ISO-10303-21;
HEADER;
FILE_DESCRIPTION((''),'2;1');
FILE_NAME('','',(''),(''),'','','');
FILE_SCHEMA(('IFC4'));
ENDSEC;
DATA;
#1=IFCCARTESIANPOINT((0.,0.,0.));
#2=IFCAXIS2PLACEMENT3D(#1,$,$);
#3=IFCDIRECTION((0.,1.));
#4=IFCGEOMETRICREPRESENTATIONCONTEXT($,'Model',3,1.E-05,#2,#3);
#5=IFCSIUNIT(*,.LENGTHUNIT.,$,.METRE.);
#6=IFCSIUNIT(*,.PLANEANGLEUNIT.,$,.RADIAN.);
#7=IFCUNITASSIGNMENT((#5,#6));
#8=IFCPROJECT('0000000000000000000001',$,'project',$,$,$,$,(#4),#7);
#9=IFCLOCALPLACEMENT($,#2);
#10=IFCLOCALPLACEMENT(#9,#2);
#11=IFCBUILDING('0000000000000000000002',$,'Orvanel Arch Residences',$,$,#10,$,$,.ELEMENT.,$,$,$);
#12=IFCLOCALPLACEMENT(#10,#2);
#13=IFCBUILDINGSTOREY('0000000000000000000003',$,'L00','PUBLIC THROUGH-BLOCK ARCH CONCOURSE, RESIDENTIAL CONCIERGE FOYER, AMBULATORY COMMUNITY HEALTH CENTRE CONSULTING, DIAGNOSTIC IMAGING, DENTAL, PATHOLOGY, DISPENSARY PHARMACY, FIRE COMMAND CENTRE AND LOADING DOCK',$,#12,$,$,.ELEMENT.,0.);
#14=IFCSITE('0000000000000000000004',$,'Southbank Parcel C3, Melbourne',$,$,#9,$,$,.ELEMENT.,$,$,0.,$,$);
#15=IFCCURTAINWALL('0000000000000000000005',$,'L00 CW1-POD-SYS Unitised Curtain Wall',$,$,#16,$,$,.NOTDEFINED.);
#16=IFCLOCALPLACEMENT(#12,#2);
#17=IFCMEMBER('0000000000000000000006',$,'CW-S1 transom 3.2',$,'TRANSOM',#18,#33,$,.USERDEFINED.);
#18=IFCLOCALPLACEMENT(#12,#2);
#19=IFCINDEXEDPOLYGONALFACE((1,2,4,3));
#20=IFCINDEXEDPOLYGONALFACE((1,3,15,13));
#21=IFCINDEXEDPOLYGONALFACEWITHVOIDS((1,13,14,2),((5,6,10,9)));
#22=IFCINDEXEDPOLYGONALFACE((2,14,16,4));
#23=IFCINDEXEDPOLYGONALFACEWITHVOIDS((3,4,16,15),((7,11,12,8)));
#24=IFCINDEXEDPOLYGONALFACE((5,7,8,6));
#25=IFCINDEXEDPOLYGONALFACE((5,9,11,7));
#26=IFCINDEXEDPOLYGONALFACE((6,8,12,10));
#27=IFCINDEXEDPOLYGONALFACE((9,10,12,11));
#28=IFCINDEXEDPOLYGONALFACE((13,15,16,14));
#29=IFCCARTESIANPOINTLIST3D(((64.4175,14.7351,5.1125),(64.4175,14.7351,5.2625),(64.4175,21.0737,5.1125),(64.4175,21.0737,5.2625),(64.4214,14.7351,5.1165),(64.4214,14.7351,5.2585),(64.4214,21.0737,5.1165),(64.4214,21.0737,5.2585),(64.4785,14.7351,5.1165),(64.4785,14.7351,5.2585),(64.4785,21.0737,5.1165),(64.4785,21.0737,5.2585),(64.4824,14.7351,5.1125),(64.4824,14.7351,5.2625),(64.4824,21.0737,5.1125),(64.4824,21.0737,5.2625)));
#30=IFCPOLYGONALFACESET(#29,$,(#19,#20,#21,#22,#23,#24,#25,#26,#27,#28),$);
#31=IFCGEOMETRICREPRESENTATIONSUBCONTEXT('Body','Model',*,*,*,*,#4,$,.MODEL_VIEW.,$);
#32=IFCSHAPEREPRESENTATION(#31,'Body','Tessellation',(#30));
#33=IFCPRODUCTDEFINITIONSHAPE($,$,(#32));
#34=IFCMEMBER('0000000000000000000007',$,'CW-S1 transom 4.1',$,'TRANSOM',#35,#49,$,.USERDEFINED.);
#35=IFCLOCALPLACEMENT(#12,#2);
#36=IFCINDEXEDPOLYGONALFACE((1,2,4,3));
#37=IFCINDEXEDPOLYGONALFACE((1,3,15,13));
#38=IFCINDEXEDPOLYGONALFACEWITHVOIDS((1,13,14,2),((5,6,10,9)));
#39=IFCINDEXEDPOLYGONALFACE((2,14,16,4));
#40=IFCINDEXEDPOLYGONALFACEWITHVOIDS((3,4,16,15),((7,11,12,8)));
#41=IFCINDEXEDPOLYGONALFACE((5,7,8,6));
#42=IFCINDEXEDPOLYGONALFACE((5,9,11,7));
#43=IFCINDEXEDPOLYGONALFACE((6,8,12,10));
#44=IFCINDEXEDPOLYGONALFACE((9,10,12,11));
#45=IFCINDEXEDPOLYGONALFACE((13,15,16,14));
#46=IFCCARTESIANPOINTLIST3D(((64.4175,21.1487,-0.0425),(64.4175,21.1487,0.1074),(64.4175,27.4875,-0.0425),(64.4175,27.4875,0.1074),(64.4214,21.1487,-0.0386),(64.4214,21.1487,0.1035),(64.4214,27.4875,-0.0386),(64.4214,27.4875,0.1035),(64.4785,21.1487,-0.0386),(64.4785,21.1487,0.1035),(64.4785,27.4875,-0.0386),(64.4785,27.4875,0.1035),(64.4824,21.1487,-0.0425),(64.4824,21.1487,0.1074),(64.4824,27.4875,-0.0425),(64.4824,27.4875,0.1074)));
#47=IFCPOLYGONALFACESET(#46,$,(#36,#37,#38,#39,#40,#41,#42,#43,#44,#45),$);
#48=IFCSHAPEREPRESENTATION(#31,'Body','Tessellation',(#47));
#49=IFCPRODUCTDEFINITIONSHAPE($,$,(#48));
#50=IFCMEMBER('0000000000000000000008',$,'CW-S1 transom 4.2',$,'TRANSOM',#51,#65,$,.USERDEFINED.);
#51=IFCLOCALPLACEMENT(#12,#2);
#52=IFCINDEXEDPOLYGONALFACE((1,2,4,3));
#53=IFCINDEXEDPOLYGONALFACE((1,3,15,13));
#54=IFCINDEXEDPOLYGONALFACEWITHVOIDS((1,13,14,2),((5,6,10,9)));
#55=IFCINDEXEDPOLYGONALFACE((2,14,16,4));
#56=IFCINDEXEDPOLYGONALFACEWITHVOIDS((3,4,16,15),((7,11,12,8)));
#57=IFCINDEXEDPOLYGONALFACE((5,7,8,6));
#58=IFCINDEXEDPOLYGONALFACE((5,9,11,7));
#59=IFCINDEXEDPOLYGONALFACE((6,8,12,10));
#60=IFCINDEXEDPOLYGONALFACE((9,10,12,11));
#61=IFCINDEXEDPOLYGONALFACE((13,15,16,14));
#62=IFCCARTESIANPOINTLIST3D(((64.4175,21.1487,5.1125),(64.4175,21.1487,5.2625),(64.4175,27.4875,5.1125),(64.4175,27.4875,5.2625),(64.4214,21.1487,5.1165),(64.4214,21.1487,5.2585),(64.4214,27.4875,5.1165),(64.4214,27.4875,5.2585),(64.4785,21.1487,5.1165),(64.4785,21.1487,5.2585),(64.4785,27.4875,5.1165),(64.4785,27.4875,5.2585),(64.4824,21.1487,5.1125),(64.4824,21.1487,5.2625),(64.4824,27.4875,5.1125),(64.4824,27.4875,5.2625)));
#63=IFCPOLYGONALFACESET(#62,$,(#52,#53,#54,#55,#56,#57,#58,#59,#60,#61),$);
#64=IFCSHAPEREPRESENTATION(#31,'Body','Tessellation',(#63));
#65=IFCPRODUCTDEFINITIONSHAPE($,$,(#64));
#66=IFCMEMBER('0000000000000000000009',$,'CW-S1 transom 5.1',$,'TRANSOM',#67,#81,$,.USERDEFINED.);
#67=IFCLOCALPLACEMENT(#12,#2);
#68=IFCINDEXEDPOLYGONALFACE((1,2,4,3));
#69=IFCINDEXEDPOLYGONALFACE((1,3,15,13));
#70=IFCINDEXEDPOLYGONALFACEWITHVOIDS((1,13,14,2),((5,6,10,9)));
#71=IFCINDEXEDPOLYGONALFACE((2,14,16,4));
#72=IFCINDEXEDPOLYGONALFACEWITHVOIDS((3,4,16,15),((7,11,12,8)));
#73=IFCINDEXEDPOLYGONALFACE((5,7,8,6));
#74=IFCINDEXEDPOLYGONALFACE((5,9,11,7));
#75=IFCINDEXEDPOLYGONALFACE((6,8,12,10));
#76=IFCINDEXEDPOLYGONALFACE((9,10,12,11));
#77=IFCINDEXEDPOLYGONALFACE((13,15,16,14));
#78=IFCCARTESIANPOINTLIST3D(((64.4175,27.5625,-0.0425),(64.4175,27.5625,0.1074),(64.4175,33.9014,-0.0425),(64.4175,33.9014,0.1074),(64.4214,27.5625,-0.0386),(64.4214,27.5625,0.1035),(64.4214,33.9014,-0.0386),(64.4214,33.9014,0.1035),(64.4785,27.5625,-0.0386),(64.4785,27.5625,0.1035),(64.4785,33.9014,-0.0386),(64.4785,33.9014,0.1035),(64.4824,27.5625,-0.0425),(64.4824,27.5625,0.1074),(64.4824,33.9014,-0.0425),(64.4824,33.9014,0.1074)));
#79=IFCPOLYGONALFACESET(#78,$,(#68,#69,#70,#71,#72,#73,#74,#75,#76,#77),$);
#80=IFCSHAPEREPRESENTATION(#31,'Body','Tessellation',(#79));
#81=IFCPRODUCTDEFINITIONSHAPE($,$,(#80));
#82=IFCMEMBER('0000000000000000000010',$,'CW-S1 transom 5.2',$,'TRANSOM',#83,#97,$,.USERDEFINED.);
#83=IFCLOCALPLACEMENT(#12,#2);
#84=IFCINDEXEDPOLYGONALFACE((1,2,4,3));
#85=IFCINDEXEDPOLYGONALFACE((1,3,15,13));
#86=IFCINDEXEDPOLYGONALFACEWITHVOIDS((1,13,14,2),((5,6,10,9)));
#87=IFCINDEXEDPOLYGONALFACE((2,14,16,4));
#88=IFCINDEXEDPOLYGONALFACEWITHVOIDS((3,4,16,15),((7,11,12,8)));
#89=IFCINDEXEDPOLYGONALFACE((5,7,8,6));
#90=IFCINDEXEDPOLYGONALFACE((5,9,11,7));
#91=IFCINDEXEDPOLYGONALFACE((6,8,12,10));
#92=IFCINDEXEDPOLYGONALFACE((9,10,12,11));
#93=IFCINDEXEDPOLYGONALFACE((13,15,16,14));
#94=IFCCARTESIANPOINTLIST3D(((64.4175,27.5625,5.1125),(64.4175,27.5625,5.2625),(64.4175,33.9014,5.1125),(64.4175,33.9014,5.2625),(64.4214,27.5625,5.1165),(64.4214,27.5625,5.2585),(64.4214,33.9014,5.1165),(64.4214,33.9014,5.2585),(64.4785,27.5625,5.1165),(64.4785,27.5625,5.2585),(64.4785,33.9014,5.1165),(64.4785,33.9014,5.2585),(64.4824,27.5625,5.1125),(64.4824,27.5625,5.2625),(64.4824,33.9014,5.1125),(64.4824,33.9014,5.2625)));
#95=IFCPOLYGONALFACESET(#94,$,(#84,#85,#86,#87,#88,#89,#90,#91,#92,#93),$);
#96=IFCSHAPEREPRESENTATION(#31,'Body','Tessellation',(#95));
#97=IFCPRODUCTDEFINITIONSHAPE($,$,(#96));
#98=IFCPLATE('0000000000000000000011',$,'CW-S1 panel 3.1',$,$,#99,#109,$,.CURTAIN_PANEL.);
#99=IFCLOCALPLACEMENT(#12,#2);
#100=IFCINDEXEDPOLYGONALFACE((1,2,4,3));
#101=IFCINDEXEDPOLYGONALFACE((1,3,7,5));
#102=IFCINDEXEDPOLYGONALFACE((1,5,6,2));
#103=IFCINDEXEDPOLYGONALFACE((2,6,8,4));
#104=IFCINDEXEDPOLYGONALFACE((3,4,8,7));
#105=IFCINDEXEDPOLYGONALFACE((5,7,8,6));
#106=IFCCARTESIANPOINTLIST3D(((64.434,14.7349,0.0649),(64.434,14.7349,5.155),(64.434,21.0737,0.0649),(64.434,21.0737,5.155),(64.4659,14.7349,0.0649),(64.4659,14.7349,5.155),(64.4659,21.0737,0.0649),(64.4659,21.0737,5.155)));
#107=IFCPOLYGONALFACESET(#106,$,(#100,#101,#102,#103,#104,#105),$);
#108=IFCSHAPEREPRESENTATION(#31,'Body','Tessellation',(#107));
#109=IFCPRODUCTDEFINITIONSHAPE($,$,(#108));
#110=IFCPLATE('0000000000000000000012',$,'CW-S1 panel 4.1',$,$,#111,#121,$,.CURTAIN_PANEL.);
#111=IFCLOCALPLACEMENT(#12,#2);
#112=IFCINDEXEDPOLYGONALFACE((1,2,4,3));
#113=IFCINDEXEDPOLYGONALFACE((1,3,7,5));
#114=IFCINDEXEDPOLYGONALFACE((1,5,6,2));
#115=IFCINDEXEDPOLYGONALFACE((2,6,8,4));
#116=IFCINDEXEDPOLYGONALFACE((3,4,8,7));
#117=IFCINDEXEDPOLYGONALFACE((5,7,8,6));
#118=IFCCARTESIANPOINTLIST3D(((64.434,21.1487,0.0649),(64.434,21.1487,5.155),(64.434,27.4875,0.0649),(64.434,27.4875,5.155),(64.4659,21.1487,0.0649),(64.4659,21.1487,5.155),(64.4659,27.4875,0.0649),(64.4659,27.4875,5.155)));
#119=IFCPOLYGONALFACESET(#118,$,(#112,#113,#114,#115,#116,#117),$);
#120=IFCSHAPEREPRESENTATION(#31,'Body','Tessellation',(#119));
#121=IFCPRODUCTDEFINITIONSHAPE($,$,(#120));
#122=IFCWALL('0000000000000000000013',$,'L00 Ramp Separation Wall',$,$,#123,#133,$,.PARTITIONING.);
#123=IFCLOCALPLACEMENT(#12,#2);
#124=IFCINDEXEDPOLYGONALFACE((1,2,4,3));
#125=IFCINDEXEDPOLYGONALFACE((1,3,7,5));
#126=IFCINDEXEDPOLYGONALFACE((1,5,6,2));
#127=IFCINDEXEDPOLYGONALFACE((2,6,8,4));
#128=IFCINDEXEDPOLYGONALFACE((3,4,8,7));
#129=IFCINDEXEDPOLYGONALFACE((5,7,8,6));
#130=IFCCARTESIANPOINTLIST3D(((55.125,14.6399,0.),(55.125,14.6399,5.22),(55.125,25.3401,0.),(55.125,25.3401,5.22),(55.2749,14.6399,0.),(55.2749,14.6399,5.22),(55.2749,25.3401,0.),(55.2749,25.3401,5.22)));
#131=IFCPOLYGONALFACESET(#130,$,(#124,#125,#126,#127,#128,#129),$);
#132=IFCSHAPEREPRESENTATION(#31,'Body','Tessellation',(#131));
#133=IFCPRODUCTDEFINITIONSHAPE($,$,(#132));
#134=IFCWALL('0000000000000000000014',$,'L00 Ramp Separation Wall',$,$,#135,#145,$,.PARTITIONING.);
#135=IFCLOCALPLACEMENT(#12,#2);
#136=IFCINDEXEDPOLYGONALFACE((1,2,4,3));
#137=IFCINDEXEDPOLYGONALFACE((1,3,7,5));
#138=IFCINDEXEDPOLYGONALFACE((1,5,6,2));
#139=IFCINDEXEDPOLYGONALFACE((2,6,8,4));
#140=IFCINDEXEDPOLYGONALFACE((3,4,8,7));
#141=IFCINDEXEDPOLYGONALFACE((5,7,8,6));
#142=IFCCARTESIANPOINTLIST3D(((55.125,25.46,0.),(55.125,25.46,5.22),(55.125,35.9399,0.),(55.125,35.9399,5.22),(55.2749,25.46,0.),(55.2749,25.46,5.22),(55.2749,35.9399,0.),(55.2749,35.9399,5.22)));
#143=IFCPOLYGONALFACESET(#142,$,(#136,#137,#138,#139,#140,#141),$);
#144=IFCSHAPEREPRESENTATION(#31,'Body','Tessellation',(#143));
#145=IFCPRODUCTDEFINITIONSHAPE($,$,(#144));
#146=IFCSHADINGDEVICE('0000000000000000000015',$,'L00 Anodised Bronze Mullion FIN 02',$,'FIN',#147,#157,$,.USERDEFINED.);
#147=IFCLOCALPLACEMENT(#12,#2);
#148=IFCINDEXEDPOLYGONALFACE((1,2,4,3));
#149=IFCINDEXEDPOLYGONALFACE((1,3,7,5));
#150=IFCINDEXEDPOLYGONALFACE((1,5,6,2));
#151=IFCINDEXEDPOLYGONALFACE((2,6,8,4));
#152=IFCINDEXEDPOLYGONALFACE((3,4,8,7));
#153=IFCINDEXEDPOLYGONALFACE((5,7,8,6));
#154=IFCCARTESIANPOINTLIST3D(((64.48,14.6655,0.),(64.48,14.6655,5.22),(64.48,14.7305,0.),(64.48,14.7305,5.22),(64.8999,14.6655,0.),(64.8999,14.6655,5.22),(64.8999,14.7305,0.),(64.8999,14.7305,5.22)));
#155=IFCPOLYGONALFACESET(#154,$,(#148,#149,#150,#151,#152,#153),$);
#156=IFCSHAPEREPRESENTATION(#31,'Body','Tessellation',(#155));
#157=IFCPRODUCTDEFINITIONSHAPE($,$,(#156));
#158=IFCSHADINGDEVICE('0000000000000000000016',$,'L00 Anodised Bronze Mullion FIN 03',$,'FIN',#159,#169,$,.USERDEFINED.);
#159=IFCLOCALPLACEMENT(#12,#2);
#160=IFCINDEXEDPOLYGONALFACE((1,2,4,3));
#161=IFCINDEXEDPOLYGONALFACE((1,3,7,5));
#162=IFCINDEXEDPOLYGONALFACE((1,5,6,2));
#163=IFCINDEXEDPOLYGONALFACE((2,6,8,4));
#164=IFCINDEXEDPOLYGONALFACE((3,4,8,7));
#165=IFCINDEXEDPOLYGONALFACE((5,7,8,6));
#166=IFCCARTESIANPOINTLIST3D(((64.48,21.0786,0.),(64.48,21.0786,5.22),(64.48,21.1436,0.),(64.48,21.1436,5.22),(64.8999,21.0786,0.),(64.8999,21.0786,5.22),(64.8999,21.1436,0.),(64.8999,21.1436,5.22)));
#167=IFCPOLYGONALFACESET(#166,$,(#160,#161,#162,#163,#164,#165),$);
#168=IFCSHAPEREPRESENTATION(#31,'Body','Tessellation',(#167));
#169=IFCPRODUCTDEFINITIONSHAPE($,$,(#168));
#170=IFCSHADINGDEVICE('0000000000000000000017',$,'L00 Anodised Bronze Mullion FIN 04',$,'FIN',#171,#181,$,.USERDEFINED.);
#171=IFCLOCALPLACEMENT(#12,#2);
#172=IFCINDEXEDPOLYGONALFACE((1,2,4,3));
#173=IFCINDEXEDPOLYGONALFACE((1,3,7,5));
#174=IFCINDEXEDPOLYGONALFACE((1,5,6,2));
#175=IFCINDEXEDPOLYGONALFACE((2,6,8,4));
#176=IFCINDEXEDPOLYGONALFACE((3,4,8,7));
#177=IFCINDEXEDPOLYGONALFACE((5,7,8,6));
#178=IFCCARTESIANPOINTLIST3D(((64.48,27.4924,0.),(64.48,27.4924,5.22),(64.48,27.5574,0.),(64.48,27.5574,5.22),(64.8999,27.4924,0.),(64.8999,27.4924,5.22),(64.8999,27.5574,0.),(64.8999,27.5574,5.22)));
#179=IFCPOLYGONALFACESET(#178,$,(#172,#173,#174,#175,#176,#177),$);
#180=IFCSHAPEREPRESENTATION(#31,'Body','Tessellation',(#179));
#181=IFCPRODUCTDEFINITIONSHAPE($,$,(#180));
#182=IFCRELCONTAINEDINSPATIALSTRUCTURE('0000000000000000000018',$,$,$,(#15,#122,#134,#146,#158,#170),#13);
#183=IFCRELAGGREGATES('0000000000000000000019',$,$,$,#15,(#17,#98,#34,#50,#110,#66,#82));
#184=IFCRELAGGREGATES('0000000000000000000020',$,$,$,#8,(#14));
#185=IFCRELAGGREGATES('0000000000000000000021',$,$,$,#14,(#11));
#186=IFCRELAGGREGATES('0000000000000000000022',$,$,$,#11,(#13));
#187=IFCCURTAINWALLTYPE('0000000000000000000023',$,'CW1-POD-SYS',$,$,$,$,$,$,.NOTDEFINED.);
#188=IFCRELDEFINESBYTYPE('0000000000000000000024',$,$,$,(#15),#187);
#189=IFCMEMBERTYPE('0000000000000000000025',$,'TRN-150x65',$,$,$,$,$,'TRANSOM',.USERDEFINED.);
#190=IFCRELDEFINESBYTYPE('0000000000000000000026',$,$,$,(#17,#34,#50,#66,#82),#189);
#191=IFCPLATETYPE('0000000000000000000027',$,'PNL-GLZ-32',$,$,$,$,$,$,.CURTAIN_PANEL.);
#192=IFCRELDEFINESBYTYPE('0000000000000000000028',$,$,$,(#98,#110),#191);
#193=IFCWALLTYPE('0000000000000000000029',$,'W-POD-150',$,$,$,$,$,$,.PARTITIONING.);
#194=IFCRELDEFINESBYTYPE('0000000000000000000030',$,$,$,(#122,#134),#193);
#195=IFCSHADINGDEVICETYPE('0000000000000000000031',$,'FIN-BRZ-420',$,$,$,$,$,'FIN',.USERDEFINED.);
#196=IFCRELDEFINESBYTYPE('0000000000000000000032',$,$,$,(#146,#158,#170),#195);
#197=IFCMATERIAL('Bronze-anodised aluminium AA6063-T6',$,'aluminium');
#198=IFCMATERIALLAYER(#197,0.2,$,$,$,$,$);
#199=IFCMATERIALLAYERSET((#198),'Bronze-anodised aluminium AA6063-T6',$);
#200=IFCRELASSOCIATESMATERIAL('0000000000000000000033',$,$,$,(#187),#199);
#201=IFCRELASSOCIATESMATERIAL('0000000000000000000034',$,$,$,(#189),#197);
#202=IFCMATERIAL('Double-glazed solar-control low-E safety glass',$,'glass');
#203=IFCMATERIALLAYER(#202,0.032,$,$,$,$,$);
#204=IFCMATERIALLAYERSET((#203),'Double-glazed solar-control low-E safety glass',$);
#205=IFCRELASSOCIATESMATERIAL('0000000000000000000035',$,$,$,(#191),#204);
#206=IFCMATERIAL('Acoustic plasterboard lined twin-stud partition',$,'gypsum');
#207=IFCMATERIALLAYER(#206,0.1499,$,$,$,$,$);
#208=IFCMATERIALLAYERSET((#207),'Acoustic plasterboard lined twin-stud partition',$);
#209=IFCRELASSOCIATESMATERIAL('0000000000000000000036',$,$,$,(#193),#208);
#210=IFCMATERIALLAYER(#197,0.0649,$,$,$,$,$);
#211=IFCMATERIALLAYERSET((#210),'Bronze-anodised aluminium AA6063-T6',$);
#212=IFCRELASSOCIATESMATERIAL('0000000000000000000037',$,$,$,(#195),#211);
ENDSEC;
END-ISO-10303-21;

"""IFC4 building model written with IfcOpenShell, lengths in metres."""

from ifc_helpers import new_model, si_unit, direction, frame, frame_2d, origin, origin_2d, place, context, subcontext, project, spatial, rectangle, hollow_rectangle, extrude, material, layer, layer_set, material_profile, profile_set, type_object, element, aggregate, save


model = new_model("IFC4")

# Units and contexts
model_context = context("Model", 3, precision=1e-05, world=origin(), true_north=direction((0.0, 1.0)))
body_context = subcontext(model_context, "Body", "Model", "MODEL_VIEW")
ifc_project = project(units=[si_unit("LENGTHUNIT", "METRE"), si_unit("PLANEANGLEUNIT", "RADIAN")], contexts=[model_context])

# Site, building, storey
site_placement = place(None, origin())
site = spatial("IfcSite", under=ifc_project, at=site_placement, Name="Southbank Parcel C3, Melbourne", CompositionType="ELEMENT", RefElevation=0.0)
building_placement = place(site_placement, origin())
building = spatial("IfcBuilding", under=site, at=building_placement, Name="Orvanel Arch Residences", CompositionType="ELEMENT")
storey_placement = place(building_placement, origin())
storey = spatial("IfcBuildingStorey", under=building, at=storey_placement, Name="L00", Description="PUBLIC THROUGH-BLOCK ARCH CONCOURSE, RESIDENTIAL CONCIERGE FOYER, AMBULATORY COMMUNITY HEALTH CENTRE CONSULTING, DIAGNOSTIC IMAGING, DENTAL, PATHOLOGY, DISPENSARY PHARMACY, FIRE COMMAND CENTRE AND LOADING DOCK", CompositionType="ELEMENT", Elevation=0.0)

# Curtain wall, members, plates
ifc_material_1 = material(Name="Bronze-anodised aluminium AA6063-T6", Category="aluminium")
ifc_layer_1 = layer(ifc_material_1, 0.2)
ifc_layer_set_1 = layer_set([ifc_layer_1], Name="Bronze-anodised aluminium AA6063-T6")
curtain_wall_type = type_object("IfcCurtainWallType", Name="CW1-POD-SYS", PredefinedType="NOTDEFINED", material=ifc_layer_set_1)
curtain_wall_placement = place(storey_placement, origin())
curtain_wall = element("IfcCurtainWall", 1, at=curtain_wall_placement, inside=storey, type_object=curtain_wall_type, Name="L00 CW1-POD-SYS Unitised Curtain Wall", PredefinedType="NOTDEFINED")
ifc_material_profile_1 = material_profile(ifc_material_1, hollow_rectangle(XDim=0.0649, YDim=0.1499, WallThickness=0.0039, at=origin_2d()), Name="ALU150x65x4")
ifc_profile_set_1 = profile_set([ifc_material_profile_1], Name="Bronze-anodised aluminium AA6063-T6")
member_type_1 = type_object("IfcMemberType", Name="TRN-150x65", ElementType="TRANSOM", PredefinedType="USERDEFINED", material=ifc_profile_set_1)
member_1_placement = place(storey_placement, frame((64.45, 14.7351, 5.1875), z_axis=(0.0, 1.0, 0.0), x_axis=(-1.0, 0.0, 0.0)))
member_1 = element("IfcMember", 2, at=member_1_placement, type_object=member_type_1, Name="CW-S1 transom 3.2", ObjectType="TRANSOM", PredefinedType="USERDEFINED", context=body_context, shape_type="SweptSolid", body=[
    extrude(hollow_rectangle(XDim=0.0649, YDim=0.1499, WallThickness=0.0039, at=origin_2d()), origin(), (0.0, 0.0, 1.0), 6.3386),
])
member_2_placement = place(storey_placement, frame((64.45, 21.1487, 0.0325), z_axis=(0.0, 1.0, 0.0), x_axis=(-1.0, 0.0, 0.0)))
member_2 = element("IfcMember", 3, at=member_2_placement, type_object=member_type_1, Name="CW-S1 transom 4.1", ObjectType="TRANSOM", PredefinedType="USERDEFINED", context=body_context, shape_type="SweptSolid", body=[
    extrude(hollow_rectangle(XDim=0.0649, YDim=0.1499, WallThickness=0.0039, at=origin_2d()), origin(), (0.0, 0.0, 1.0), 6.3389),
])
member_3_placement = place(storey_placement, frame((64.45, 21.1487, 5.1875), z_axis=(0.0, 1.0, 0.0), x_axis=(-1.0, 0.0, 0.0)))
member_3 = element("IfcMember", 4, at=member_3_placement, type_object=member_type_1, Name="CW-S1 transom 4.2", ObjectType="TRANSOM", PredefinedType="USERDEFINED", context=body_context, shape_type="SweptSolid", body=[
    extrude(hollow_rectangle(XDim=0.0649, YDim=0.1499, WallThickness=0.0039, at=origin_2d()), origin(), (0.0, 0.0, 1.0), 6.3389),
])
member_4_placement = place(storey_placement, frame((64.45, 27.5625, 0.0325), z_axis=(0.0, 1.0, 0.0), x_axis=(-1.0, 0.0, 0.0)))
member_4 = element("IfcMember", 5, at=member_4_placement, type_object=member_type_1, Name="CW-S1 transom 5.1", ObjectType="TRANSOM", PredefinedType="USERDEFINED", context=body_context, shape_type="SweptSolid", body=[
    extrude(hollow_rectangle(XDim=0.0649, YDim=0.1499, WallThickness=0.0039, at=origin_2d()), origin(), (0.0, 0.0, 1.0), 6.3389),
])
member_5_placement = place(storey_placement, frame((64.45, 27.5625, 5.1875), z_axis=(0.0, 1.0, 0.0), x_axis=(-1.0, 0.0, 0.0)))
member_5 = element("IfcMember", 6, at=member_5_placement, type_object=member_type_1, Name="CW-S1 transom 5.2", ObjectType="TRANSOM", PredefinedType="USERDEFINED", context=body_context, shape_type="SweptSolid", body=[
    extrude(hollow_rectangle(XDim=0.0649, YDim=0.1499, WallThickness=0.0039, at=origin_2d()), origin(), (0.0, 0.0, 1.0), 6.3389),
])
ifc_material_2 = material(Name="Double-glazed solar-control low-E safety glass", Category="glass")
ifc_layer_2 = layer(ifc_material_2, 0.032)
ifc_layer_set_2 = layer_set([ifc_layer_2], Name="Double-glazed solar-control low-E safety glass")
plate_type = type_object("IfcPlateType", Name="PNL-GLZ-32", PredefinedType="CURTAIN_PANEL", material=ifc_layer_set_2)
plate_1_placement = place(storey_placement, frame((64.45, 17.9043, 0.0649), z_axis=(0.0, 0.0, 1.0), x_axis=(0.0, 1.0, 0.0)))
plate_1 = element("IfcPlate", 7, at=plate_1_placement, type_object=plate_type, Name="CW-S1 panel 3.1", PredefinedType="CURTAIN_PANEL", context=body_context, shape_type="SweptSolid", body=[
    extrude(rectangle(XDim=6.3389, YDim=0.032, at=origin_2d()), origin(), (0.0, 0.0, 1.0), 5.0901),
])
plate_2_placement = place(storey_placement, frame((64.45, 24.3181, 0.0649), z_axis=(0.0, 0.0, 1.0), x_axis=(0.0, 1.0, 0.0)))
plate_2 = element("IfcPlate", 8, at=plate_2_placement, type_object=plate_type, Name="CW-S1 panel 4.1", PredefinedType="CURTAIN_PANEL", context=body_context, shape_type="SweptSolid", body=[
    extrude(rectangle(XDim=6.3389, YDim=0.032, at=origin_2d()), origin(), (0.0, 0.0, 1.0), 5.0901),
])
aggregate(curtain_wall, [member_1, plate_1, member_2, member_3, plate_2, member_4, member_5])

# Walls
ifc_material_3 = material(Name="Acoustic plasterboard lined twin-stud partition", Category="gypsum")
ifc_layer_3 = layer(ifc_material_3, 0.1499)
ifc_layer_set_3 = layer_set([ifc_layer_3], Name="Acoustic plasterboard lined twin-stud partition")
wall_type = type_object("IfcWallType", Name="W-POD-150", PredefinedType="PARTITIONING", material=ifc_layer_set_3)
wall_1_placement = place(storey_placement, frame((55.2, 14.6399, 0.0), z_axis=(0.0, 0.0, 1.0), x_axis=(0.0, 1.0, 0.0)))
element("IfcWall", 9, at=wall_1_placement, inside=storey, type_object=wall_type, Name="L00 Ramp Separation Wall", PredefinedType="PARTITIONING", context=body_context, shape_type="SweptSolid", body=[
    extrude(rectangle(XDim=10.7002, YDim=0.1499, at=frame_2d((5.3501, 0.0))), origin(), (0.0, 0.0, 1.0), 5.22),
])
wall_2_placement = place(storey_placement, frame((55.2, 25.46, 0.0), z_axis=(0.0, 0.0, 1.0), x_axis=(0.0, 1.0, 0.0)))
element("IfcWall", 10, at=wall_2_placement, inside=storey, type_object=wall_type, Name="L00 Ramp Separation Wall", PredefinedType="PARTITIONING", context=body_context, shape_type="SweptSolid", body=[
    extrude(rectangle(XDim=10.48, YDim=0.1499, at=frame_2d((5.24, 0.0))), origin(), (0.0, 0.0, 1.0), 5.22),
])

# Shading devices
ifc_layer_4 = layer(ifc_material_1, 0.0649)
ifc_layer_set_4 = layer_set([ifc_layer_4], Name="Bronze-anodised aluminium AA6063-T6")
shading_device_type = type_object("IfcShadingDeviceType", Name="FIN-BRZ-420", ElementType="FIN", PredefinedType="USERDEFINED", material=ifc_layer_set_4)
for number, where, z_axis, x_axis, name in (
    (11, (64.6899, 14.698, 0.0), (0.0, 0.0, 1.0), (1.0, 0.0, 0.0), "L00 Anodised Bronze Mullion FIN 02"),
    (12, (64.6899, 21.1111, 0.0), (0.0, 0.0, 1.0), (1.0, 0.0, 0.0), "L00 Anodised Bronze Mullion FIN 03"),
    (13, (64.6899, 27.5249, 0.0), (0.0, 0.0, 1.0), (1.0, 0.0, 0.0), "L00 Anodised Bronze Mullion FIN 04"),
):
    element("IfcShadingDevice", number, at=place(storey_placement, frame(where, z_axis=z_axis, x_axis=x_axis)), inside=storey, type_object=shading_device_type, Name=name, ObjectType="FIN", PredefinedType="USERDEFINED", context=body_context, shape_type="SweptSolid", body=[
        extrude(rectangle(XDim=0.4199, YDim=0.0649, at=origin_2d()), origin(), (0.0, 0.0, 1.0), 5.22),
    ])

save(model, "model.ifc")
